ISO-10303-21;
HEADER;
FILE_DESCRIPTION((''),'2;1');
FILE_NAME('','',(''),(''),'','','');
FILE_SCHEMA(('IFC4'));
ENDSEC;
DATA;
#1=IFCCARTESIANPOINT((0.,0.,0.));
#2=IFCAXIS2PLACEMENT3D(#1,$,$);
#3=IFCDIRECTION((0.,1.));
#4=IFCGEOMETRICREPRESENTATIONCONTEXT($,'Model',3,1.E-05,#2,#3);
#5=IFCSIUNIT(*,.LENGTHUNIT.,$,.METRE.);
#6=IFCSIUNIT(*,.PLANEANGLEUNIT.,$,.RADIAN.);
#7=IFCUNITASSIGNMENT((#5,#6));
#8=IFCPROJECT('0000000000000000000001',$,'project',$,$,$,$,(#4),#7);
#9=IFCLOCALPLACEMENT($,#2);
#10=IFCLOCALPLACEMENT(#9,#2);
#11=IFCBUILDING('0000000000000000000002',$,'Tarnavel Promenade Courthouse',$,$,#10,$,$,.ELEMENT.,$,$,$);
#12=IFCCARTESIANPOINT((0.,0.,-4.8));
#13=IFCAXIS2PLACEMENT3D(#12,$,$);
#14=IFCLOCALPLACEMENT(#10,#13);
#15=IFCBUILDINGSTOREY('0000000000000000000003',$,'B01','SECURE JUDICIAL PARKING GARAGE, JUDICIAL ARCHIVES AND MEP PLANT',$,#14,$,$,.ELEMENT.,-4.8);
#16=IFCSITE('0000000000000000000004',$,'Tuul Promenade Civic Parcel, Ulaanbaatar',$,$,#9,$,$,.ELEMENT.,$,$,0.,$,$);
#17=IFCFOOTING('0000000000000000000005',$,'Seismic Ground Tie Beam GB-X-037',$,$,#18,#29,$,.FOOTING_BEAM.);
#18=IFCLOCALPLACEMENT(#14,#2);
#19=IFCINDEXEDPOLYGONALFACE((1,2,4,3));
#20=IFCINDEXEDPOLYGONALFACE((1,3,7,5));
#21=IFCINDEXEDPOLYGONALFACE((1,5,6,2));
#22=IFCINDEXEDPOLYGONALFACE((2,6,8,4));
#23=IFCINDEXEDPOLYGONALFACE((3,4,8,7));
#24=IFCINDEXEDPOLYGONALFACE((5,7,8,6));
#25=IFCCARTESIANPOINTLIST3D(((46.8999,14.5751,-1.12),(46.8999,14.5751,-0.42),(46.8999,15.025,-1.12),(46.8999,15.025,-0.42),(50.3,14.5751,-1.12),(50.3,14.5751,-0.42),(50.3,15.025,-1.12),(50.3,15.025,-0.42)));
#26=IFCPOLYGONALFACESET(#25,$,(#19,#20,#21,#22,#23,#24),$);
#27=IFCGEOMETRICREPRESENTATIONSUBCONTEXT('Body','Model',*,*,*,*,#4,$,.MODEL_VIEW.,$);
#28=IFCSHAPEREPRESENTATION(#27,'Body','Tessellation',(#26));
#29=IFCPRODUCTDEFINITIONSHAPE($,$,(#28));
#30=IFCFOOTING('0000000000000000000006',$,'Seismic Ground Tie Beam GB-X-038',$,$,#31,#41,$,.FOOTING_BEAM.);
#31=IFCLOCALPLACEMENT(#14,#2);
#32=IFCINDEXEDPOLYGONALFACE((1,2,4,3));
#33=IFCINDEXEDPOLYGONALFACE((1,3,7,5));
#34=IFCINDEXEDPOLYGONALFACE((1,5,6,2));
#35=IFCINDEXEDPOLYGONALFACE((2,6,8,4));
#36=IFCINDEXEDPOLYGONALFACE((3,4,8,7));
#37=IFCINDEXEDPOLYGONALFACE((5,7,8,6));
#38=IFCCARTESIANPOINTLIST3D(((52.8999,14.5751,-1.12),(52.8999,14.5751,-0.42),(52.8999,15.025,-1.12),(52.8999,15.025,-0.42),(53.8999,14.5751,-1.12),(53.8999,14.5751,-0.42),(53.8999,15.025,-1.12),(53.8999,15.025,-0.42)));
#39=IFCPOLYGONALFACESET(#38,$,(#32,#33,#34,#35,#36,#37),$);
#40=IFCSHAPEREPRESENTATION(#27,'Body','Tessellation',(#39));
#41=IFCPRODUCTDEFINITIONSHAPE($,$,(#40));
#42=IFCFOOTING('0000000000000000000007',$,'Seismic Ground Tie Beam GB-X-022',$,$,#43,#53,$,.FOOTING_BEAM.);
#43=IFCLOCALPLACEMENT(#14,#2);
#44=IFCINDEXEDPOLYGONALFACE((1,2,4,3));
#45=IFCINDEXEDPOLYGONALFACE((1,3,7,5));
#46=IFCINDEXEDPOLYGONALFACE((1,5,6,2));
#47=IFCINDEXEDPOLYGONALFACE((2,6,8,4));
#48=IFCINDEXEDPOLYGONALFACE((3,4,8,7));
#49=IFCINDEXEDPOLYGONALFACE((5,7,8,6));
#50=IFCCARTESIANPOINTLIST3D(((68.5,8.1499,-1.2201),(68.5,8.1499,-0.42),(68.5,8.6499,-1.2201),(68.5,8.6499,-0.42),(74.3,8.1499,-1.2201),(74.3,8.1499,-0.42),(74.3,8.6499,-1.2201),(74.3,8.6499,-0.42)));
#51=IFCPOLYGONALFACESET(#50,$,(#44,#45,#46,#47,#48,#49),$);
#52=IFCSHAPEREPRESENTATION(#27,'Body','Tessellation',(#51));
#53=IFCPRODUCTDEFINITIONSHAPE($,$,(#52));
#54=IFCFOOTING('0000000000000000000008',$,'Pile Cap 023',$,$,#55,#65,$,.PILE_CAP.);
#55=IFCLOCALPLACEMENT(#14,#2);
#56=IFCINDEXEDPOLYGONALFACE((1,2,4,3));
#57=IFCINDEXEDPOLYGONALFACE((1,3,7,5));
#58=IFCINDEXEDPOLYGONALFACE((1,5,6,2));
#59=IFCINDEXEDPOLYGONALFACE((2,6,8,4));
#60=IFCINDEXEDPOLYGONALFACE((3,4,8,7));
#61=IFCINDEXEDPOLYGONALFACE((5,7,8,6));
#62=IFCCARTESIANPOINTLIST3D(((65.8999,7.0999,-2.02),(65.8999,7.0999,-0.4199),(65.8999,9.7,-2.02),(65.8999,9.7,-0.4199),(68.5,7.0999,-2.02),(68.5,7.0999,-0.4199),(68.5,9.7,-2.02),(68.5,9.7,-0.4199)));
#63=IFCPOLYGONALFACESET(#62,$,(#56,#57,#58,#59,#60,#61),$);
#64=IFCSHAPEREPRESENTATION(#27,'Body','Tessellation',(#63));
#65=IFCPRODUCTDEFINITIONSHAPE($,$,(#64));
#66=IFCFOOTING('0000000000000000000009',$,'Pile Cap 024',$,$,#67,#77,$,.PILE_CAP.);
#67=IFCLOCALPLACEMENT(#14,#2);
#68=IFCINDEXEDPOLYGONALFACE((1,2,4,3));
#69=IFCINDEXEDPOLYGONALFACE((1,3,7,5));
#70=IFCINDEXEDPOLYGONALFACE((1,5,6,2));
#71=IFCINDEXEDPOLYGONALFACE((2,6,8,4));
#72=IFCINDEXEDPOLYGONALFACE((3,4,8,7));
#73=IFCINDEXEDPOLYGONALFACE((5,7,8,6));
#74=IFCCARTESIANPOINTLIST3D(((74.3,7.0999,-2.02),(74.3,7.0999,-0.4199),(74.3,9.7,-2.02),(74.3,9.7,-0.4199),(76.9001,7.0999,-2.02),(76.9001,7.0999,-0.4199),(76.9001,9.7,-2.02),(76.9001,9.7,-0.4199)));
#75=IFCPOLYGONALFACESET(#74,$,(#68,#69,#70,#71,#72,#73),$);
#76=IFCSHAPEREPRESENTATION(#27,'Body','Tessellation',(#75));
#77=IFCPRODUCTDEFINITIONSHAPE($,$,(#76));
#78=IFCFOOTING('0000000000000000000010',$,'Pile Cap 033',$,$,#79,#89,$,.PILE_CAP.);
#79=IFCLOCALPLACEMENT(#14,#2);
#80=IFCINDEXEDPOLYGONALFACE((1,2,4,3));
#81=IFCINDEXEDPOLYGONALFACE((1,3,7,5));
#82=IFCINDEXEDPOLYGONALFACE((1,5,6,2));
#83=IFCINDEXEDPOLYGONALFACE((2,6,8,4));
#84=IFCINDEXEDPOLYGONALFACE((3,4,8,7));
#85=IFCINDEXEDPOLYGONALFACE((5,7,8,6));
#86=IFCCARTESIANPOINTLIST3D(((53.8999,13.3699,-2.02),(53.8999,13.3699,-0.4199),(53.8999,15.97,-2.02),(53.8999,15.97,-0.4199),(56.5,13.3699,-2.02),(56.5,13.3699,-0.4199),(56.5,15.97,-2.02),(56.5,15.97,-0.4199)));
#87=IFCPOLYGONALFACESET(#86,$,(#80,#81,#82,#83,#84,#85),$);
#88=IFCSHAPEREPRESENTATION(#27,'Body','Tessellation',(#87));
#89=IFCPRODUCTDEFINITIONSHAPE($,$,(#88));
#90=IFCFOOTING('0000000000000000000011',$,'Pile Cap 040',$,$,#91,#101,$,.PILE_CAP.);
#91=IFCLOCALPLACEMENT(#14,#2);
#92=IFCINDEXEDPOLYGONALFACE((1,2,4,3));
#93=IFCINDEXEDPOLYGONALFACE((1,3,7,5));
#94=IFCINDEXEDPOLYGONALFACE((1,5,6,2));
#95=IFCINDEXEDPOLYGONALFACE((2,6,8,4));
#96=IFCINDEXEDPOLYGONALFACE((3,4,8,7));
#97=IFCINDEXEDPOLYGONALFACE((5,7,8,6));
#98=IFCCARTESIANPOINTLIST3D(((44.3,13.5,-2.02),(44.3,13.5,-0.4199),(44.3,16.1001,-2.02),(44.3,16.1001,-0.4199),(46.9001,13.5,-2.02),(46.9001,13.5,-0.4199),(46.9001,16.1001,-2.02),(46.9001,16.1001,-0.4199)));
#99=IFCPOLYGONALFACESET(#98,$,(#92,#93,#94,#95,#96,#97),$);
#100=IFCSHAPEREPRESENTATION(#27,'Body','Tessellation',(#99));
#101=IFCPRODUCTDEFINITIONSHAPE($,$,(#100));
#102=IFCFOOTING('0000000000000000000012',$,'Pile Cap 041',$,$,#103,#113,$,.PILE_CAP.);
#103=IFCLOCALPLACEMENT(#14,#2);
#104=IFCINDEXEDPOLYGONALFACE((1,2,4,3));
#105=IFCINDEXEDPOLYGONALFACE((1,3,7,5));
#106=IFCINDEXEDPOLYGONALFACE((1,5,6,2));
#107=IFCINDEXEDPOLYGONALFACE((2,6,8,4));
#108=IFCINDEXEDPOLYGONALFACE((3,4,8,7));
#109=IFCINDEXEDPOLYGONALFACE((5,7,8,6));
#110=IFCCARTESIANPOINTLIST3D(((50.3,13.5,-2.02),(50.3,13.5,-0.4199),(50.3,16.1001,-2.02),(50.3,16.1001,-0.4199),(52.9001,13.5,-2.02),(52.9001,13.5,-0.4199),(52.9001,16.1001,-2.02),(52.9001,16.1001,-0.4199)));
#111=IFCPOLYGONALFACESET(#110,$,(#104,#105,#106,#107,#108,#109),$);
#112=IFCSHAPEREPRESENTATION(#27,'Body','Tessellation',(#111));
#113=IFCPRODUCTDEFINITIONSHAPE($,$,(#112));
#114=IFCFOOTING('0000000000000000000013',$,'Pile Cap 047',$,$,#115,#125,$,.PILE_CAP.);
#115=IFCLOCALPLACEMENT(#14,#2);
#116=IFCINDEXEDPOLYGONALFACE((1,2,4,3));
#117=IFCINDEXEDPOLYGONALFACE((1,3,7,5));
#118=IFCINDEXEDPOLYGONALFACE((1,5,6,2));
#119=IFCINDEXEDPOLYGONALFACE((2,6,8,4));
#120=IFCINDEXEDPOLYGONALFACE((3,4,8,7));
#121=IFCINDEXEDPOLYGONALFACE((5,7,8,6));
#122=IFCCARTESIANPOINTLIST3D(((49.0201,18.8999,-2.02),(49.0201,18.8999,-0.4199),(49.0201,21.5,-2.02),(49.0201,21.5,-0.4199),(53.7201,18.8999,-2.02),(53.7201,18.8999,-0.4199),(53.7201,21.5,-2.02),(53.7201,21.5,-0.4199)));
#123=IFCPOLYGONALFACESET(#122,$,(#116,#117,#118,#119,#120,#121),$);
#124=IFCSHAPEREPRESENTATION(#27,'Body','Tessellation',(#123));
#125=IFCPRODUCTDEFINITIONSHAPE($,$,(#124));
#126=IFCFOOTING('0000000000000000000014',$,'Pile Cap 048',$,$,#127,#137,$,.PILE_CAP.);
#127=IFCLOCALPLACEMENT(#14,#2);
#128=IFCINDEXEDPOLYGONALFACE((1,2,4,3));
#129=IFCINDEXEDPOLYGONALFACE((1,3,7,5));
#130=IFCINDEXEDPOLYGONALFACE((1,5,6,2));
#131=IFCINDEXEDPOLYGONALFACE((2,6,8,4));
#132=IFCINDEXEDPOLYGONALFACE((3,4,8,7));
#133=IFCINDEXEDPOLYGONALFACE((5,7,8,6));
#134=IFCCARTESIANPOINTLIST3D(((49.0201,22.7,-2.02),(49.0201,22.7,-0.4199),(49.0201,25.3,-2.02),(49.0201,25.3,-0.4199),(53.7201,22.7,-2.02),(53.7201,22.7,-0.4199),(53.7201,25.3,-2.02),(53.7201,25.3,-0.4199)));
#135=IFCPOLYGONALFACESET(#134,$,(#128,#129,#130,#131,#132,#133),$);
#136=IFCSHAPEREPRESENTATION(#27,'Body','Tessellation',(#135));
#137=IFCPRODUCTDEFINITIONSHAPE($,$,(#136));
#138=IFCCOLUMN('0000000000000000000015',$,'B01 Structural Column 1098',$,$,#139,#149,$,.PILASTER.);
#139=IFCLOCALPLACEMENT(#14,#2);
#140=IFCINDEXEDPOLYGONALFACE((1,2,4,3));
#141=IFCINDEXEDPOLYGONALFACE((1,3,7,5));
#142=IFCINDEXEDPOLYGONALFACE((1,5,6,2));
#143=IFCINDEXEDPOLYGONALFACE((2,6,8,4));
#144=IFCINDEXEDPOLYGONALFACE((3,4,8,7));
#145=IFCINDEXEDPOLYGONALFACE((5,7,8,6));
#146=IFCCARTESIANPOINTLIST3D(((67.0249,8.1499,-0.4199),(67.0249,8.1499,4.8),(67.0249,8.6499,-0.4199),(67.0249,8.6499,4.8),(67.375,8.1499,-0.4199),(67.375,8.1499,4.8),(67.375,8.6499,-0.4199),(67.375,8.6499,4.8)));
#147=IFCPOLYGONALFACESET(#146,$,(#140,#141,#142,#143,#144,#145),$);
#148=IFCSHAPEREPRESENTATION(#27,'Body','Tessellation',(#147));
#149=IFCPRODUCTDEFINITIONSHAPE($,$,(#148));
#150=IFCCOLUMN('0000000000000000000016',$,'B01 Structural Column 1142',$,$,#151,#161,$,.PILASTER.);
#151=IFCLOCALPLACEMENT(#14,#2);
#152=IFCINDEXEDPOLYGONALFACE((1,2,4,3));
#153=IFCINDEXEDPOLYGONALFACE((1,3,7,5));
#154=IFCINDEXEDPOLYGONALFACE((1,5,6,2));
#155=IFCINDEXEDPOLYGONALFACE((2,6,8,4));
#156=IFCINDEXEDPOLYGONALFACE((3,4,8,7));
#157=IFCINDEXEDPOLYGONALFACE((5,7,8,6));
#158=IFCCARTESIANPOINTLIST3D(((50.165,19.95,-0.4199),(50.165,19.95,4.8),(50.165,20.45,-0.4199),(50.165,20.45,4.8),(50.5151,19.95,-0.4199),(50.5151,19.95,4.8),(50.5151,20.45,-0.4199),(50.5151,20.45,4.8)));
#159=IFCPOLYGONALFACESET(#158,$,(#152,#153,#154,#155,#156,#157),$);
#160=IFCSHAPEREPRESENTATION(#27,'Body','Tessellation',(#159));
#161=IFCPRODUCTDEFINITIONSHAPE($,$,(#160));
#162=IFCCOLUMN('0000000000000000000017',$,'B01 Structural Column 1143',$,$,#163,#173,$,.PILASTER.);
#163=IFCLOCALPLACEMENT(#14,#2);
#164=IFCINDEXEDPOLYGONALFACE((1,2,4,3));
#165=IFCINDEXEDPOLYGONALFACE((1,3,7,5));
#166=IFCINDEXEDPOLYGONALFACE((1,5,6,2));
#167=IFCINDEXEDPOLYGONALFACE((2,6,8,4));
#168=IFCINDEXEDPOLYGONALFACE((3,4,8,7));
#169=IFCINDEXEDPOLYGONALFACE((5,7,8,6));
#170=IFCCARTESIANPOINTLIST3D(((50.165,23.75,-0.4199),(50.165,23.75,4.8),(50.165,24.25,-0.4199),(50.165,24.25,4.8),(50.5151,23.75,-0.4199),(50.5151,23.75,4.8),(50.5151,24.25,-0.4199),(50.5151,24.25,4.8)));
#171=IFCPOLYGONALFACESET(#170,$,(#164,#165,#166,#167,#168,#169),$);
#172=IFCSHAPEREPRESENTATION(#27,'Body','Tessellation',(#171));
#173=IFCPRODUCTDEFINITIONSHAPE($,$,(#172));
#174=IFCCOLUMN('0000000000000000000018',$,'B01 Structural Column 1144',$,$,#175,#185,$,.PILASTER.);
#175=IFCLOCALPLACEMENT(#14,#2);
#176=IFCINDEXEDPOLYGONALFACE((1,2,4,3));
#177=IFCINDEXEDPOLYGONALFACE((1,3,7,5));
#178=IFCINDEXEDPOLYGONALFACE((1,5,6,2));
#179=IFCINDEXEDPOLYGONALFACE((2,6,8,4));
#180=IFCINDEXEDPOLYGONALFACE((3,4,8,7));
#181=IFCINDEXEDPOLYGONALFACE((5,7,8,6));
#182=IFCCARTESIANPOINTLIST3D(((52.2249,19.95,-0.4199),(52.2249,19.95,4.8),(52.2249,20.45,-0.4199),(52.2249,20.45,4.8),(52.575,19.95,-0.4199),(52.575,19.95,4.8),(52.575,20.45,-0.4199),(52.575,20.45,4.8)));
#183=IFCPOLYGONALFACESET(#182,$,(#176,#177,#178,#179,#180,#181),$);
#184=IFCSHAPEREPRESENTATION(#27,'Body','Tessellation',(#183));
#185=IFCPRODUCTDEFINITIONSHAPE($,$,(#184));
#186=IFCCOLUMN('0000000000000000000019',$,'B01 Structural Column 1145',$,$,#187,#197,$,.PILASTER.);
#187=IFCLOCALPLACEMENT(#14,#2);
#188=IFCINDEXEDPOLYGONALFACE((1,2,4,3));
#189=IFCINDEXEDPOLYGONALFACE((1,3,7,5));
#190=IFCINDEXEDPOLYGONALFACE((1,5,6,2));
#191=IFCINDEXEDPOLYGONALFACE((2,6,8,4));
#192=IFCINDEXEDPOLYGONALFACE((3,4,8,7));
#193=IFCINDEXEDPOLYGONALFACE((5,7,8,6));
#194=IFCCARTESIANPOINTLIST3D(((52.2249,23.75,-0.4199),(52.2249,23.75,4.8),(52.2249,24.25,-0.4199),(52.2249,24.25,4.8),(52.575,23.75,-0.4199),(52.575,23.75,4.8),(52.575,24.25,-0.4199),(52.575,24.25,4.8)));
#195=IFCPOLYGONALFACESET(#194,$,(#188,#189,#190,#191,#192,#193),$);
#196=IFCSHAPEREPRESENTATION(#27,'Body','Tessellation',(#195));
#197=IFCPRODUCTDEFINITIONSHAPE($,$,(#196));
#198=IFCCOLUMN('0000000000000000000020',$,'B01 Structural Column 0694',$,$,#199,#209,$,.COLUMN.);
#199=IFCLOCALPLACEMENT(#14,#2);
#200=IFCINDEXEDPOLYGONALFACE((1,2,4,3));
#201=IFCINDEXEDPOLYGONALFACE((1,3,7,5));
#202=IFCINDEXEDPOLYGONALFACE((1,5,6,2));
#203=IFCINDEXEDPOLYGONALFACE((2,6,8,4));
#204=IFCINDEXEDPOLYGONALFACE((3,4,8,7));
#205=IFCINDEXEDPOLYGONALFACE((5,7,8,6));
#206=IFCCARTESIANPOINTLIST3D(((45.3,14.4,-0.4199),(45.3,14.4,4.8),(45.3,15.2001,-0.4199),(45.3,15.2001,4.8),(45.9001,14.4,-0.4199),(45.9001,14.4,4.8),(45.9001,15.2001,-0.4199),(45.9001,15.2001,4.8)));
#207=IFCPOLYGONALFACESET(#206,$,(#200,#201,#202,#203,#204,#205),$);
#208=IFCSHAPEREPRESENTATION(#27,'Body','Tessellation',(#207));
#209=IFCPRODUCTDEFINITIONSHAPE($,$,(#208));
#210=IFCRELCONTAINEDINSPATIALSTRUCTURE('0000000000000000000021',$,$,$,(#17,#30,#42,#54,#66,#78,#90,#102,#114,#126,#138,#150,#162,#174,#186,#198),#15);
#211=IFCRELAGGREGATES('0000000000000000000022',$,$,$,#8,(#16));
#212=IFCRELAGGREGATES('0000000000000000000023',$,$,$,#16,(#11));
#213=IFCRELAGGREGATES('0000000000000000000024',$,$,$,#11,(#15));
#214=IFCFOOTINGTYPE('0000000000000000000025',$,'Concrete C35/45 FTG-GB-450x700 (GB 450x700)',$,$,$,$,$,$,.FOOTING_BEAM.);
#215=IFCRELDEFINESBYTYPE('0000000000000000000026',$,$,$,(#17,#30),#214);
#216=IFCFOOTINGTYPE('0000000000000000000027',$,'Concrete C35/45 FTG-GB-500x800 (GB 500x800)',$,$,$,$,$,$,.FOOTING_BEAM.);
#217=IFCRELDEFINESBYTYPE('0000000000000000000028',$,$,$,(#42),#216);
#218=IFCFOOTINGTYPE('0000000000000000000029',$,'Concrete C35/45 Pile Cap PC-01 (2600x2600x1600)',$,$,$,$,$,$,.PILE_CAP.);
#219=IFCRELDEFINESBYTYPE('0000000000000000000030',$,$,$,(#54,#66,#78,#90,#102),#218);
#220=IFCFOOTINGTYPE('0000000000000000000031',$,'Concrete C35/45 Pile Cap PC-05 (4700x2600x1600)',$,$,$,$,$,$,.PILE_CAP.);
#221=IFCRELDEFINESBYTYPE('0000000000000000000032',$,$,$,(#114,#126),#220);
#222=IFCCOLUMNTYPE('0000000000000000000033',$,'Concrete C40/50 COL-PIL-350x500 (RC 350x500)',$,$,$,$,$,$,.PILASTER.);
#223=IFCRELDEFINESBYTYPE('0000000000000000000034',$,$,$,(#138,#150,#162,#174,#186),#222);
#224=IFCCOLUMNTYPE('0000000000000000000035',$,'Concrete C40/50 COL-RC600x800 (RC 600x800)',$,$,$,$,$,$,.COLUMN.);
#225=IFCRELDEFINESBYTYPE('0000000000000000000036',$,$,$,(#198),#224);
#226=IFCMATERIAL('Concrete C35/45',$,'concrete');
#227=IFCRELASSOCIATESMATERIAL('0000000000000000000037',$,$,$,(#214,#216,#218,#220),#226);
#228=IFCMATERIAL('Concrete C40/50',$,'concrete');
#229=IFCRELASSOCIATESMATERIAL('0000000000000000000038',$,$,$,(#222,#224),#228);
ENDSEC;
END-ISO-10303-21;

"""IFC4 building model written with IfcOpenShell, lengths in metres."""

from ifc_helpers import new_model, si_unit, direction, frame, origin, origin_2d, place, context, subcontext, project, spatial, rectangle, extrude, material, material_profile, profile_set, type_object, element, save


model = new_model("IFC4")

# Units and contexts
model_context = context("Model", 3, precision=1e-05, world=origin(), true_north=direction((0.0, 1.0)))
body_context = subcontext(model_context, "Body", "Model", "MODEL_VIEW")
ifc_project = project(units=[si_unit("LENGTHUNIT", "METRE"), si_unit("PLANEANGLEUNIT", "RADIAN")], contexts=[model_context])

# Site, building, storey
site_placement = place(None, origin())
site = spatial("IfcSite", under=ifc_project, at=site_placement, Name="Tuul Promenade Civic Parcel, Ulaanbaatar", CompositionType="ELEMENT", RefElevation=0.0)
building_placement = place(site_placement, origin())
building = spatial("IfcBuilding", under=site, at=building_placement, Name="Tarnavel Promenade Courthouse", CompositionType="ELEMENT")
storey_placement = place(building_placement, frame((0.0, 0.0, -4.8)))
storey = spatial("IfcBuildingStorey", under=building, at=storey_placement, Name="B01", Description="SECURE JUDICIAL PARKING GARAGE, JUDICIAL ARCHIVES AND MEP PLANT", CompositionType="ELEMENT", Elevation=-4.8)

# Footings
ifc_material_1 = material(Name="Concrete C35/45", Category="concrete")
ifc_material_profile_1 = material_profile(ifc_material_1, rectangle(XDim=0.45, YDim=0.7, at=origin_2d()), Name="GB 450x700")
ifc_profile_set_1 = profile_set([ifc_material_profile_1], Name="Concrete C35/45")
footing_type_1 = type_object("IfcFootingType", Name="Concrete C35/45 FTG-GB-450x700 (GB 450x700)", PredefinedType="FOOTING_BEAM", material=ifc_profile_set_1)
footing_1_placement = place(storey_placement, frame((46.8999, 14.8, -0.77), z_axis=(1.0, 0.0, 0.0), x_axis=(0.0, 1.0, 0.0)))
element("IfcFooting", 1, at=footing_1_placement, inside=storey, type_object=footing_type_1, Name="Seismic Ground Tie Beam GB-X-037", PredefinedType="FOOTING_BEAM", context=body_context, shape_type="SweptSolid", body=[
    extrude(rectangle(XDim=0.45, YDim=0.7, at=origin_2d()), origin(), (0.0, 0.0, 1.0), 3.4001),
])
footing_2_placement = place(storey_placement, frame((52.8999, 14.8, -0.77), z_axis=(1.0, 0.0, 0.0), x_axis=(0.0, 1.0, 0.0)))
element("IfcFooting", 2, at=footing_2_placement, inside=storey, type_object=footing_type_1, Name="Seismic Ground Tie Beam GB-X-038", PredefinedType="FOOTING_BEAM", context=body_context, shape_type="SweptSolid", body=[
    extrude(rectangle(XDim=0.45, YDim=0.7, at=origin_2d()), origin(), (0.0, 0.0, 1.0), 1.0),
])
ifc_material_profile_2 = material_profile(ifc_material_1, rectangle(XDim=0.5, YDim=0.8, at=origin_2d()), Name="GB 500x800")
ifc_profile_set_2 = profile_set([ifc_material_profile_2], Name="Concrete C35/45")
footing_type_2 = type_object("IfcFootingType", Name="Concrete C35/45 FTG-GB-500x800 (GB 500x800)", PredefinedType="FOOTING_BEAM", material=ifc_profile_set_2)
footing_3_placement = place(storey_placement, frame((68.5, 8.3999, -0.8201), z_axis=(1.0, 0.0, 0.0), x_axis=(0.0, 1.0, 0.0)))
element("IfcFooting", 3, at=footing_3_placement, inside=storey, type_object=footing_type_2, Name="Seismic Ground Tie Beam GB-X-022", PredefinedType="FOOTING_BEAM", context=body_context, shape_type="SweptSolid", body=[
    extrude(rectangle(XDim=0.5, YDim=0.8, at=origin_2d()), origin(), (0.0, 0.0, 1.0), 5.8),
])
footing_type_3 = type_object("IfcFootingType", Name="Concrete C35/45 Pile Cap PC-01 (2600x2600x1600)", PredefinedType="PILE_CAP", material=ifc_material_1)
for number, where, z_axis, x_axis, name in (
    (4, (67.2, 8.3999, -2.02), (0.0, 0.0, 1.0), (1.0, 0.0, 0.0), "Pile Cap 023"),
    (5, (75.6001, 8.3999, -2.02), (0.0, 0.0, 1.0), (1.0, 0.0, 0.0), "Pile Cap 024"),
    (6, (55.2, 14.6699, -2.02), (0.0, 0.0, 1.0), (1.0, 0.0, 0.0), "Pile Cap 033"),
    (7, (45.6001, 14.8, -2.02), (0.0, 0.0, 1.0), (1.0, 0.0, 0.0), "Pile Cap 040"),
    (8, (51.6001, 14.8, -2.02), (0.0, 0.0, 1.0), (1.0, 0.0, 0.0), "Pile Cap 041"),
):
    element("IfcFooting", number, at=place(storey_placement, frame(where, z_axis=z_axis, x_axis=x_axis)), inside=storey, type_object=footing_type_3, Name=name, PredefinedType="PILE_CAP", context=body_context, shape_type="SweptSolid", body=[
        extrude(rectangle(XDim=2.6001, YDim=2.6001, at=origin_2d()), origin(), (0.0, 0.0, 1.0), 1.6001),
    ])
footing_type_4 = type_object("IfcFootingType", Name="Concrete C35/45 Pile Cap PC-05 (4700x2600x1600)", PredefinedType="PILE_CAP", material=ifc_material_1)
for number, where, z_axis, x_axis, name in (
    (9, (51.3701, 20.2, -2.02), (0.0, 0.0, 1.0), (1.0, 0.0, 0.0), "Pile Cap 047"),
    (10, (51.3701, 24.0, -2.02), (0.0, 0.0, 1.0), (1.0, 0.0, 0.0), "Pile Cap 048"),
):
    element("IfcFooting", number, at=place(storey_placement, frame(where, z_axis=z_axis, x_axis=x_axis)), inside=storey, type_object=footing_type_4, Name=name, PredefinedType="PILE_CAP", context=body_context, shape_type="SweptSolid", body=[
        extrude(rectangle(XDim=4.7, YDim=2.6001, at=origin_2d()), origin(), (0.0, 0.0, 1.0), 1.6001),
    ])

# Columns
ifc_material_2 = material(Name="Concrete C40/50", Category="concrete")
ifc_material_profile_3 = material_profile(ifc_material_2, rectangle(XDim=0.3501, YDim=0.5, at=origin_2d()), Name="RC 350x500")
ifc_profile_set_3 = profile_set([ifc_material_profile_3], Name="Concrete C40/50")
column_type_1 = type_object("IfcColumnType", Name="Concrete C40/50 COL-PIL-350x500 (RC 350x500)", PredefinedType="PILASTER", material=ifc_profile_set_3)
for number, where, z_axis, x_axis, name in (
    (11, (67.2, 8.3999, -0.4199), (0.0, 0.0, 1.0), (1.0, 0.0, 0.0), "B01 Structural Column 1098"),
    (12, (50.3401, 20.2, -0.4199), (0.0, 0.0, 1.0), (1.0, 0.0, 0.0), "B01 Structural Column 1142"),
    (13, (50.3401, 24.0, -0.4199), (0.0, 0.0, 1.0), (1.0, 0.0, 0.0), "B01 Structural Column 1143"),
    (14, (52.3999, 20.2, -0.4199), (0.0, 0.0, 1.0), (1.0, 0.0, 0.0), "B01 Structural Column 1144"),
    (15, (52.3999, 24.0, -0.4199), (0.0, 0.0, 1.0), (1.0, 0.0, 0.0), "B01 Structural Column 1145"),
):
    element("IfcColumn", number, at=place(storey_placement, frame(where, z_axis=z_axis, x_axis=x_axis)), inside=storey, type_object=column_type_1, Name=name, PredefinedType="PILASTER", context=body_context, shape_type="SweptSolid", body=[
        extrude(rectangle(XDim=0.3501, YDim=0.5, at=origin_2d()), origin(), (0.0, 0.0, 1.0), 5.22),
    ])
ifc_material_profile_4 = material_profile(ifc_material_2, rectangle(XDim=0.6001, YDim=0.8, at=origin_2d()), Name="RC 600x800")
ifc_profile_set_4 = profile_set([ifc_material_profile_4], Name="Concrete C40/50")
column_type_2 = type_object("IfcColumnType", Name="Concrete C40/50 COL-RC600x800 (RC 600x800)", PredefinedType="COLUMN", material=ifc_profile_set_4)
for number, where, z_axis, x_axis, name in (
    (16, (45.6001, 14.8, -0.4199), (0.0, 0.0, 1.0), (1.0, 0.0, 0.0), "B01 Structural Column 0694"),
):
    element("IfcColumn", number, at=place(storey_placement, frame(where, z_axis=z_axis, x_axis=x_axis)), inside=storey, type_object=column_type_2, Name=name, PredefinedType="COLUMN", context=body_context, shape_type="SweptSolid", body=[
        extrude(rectangle(XDim=0.6001, YDim=0.8, at=origin_2d()), origin(), (0.0, 0.0, 1.0), 5.22),
    ])

save(model, "model.ifc")
